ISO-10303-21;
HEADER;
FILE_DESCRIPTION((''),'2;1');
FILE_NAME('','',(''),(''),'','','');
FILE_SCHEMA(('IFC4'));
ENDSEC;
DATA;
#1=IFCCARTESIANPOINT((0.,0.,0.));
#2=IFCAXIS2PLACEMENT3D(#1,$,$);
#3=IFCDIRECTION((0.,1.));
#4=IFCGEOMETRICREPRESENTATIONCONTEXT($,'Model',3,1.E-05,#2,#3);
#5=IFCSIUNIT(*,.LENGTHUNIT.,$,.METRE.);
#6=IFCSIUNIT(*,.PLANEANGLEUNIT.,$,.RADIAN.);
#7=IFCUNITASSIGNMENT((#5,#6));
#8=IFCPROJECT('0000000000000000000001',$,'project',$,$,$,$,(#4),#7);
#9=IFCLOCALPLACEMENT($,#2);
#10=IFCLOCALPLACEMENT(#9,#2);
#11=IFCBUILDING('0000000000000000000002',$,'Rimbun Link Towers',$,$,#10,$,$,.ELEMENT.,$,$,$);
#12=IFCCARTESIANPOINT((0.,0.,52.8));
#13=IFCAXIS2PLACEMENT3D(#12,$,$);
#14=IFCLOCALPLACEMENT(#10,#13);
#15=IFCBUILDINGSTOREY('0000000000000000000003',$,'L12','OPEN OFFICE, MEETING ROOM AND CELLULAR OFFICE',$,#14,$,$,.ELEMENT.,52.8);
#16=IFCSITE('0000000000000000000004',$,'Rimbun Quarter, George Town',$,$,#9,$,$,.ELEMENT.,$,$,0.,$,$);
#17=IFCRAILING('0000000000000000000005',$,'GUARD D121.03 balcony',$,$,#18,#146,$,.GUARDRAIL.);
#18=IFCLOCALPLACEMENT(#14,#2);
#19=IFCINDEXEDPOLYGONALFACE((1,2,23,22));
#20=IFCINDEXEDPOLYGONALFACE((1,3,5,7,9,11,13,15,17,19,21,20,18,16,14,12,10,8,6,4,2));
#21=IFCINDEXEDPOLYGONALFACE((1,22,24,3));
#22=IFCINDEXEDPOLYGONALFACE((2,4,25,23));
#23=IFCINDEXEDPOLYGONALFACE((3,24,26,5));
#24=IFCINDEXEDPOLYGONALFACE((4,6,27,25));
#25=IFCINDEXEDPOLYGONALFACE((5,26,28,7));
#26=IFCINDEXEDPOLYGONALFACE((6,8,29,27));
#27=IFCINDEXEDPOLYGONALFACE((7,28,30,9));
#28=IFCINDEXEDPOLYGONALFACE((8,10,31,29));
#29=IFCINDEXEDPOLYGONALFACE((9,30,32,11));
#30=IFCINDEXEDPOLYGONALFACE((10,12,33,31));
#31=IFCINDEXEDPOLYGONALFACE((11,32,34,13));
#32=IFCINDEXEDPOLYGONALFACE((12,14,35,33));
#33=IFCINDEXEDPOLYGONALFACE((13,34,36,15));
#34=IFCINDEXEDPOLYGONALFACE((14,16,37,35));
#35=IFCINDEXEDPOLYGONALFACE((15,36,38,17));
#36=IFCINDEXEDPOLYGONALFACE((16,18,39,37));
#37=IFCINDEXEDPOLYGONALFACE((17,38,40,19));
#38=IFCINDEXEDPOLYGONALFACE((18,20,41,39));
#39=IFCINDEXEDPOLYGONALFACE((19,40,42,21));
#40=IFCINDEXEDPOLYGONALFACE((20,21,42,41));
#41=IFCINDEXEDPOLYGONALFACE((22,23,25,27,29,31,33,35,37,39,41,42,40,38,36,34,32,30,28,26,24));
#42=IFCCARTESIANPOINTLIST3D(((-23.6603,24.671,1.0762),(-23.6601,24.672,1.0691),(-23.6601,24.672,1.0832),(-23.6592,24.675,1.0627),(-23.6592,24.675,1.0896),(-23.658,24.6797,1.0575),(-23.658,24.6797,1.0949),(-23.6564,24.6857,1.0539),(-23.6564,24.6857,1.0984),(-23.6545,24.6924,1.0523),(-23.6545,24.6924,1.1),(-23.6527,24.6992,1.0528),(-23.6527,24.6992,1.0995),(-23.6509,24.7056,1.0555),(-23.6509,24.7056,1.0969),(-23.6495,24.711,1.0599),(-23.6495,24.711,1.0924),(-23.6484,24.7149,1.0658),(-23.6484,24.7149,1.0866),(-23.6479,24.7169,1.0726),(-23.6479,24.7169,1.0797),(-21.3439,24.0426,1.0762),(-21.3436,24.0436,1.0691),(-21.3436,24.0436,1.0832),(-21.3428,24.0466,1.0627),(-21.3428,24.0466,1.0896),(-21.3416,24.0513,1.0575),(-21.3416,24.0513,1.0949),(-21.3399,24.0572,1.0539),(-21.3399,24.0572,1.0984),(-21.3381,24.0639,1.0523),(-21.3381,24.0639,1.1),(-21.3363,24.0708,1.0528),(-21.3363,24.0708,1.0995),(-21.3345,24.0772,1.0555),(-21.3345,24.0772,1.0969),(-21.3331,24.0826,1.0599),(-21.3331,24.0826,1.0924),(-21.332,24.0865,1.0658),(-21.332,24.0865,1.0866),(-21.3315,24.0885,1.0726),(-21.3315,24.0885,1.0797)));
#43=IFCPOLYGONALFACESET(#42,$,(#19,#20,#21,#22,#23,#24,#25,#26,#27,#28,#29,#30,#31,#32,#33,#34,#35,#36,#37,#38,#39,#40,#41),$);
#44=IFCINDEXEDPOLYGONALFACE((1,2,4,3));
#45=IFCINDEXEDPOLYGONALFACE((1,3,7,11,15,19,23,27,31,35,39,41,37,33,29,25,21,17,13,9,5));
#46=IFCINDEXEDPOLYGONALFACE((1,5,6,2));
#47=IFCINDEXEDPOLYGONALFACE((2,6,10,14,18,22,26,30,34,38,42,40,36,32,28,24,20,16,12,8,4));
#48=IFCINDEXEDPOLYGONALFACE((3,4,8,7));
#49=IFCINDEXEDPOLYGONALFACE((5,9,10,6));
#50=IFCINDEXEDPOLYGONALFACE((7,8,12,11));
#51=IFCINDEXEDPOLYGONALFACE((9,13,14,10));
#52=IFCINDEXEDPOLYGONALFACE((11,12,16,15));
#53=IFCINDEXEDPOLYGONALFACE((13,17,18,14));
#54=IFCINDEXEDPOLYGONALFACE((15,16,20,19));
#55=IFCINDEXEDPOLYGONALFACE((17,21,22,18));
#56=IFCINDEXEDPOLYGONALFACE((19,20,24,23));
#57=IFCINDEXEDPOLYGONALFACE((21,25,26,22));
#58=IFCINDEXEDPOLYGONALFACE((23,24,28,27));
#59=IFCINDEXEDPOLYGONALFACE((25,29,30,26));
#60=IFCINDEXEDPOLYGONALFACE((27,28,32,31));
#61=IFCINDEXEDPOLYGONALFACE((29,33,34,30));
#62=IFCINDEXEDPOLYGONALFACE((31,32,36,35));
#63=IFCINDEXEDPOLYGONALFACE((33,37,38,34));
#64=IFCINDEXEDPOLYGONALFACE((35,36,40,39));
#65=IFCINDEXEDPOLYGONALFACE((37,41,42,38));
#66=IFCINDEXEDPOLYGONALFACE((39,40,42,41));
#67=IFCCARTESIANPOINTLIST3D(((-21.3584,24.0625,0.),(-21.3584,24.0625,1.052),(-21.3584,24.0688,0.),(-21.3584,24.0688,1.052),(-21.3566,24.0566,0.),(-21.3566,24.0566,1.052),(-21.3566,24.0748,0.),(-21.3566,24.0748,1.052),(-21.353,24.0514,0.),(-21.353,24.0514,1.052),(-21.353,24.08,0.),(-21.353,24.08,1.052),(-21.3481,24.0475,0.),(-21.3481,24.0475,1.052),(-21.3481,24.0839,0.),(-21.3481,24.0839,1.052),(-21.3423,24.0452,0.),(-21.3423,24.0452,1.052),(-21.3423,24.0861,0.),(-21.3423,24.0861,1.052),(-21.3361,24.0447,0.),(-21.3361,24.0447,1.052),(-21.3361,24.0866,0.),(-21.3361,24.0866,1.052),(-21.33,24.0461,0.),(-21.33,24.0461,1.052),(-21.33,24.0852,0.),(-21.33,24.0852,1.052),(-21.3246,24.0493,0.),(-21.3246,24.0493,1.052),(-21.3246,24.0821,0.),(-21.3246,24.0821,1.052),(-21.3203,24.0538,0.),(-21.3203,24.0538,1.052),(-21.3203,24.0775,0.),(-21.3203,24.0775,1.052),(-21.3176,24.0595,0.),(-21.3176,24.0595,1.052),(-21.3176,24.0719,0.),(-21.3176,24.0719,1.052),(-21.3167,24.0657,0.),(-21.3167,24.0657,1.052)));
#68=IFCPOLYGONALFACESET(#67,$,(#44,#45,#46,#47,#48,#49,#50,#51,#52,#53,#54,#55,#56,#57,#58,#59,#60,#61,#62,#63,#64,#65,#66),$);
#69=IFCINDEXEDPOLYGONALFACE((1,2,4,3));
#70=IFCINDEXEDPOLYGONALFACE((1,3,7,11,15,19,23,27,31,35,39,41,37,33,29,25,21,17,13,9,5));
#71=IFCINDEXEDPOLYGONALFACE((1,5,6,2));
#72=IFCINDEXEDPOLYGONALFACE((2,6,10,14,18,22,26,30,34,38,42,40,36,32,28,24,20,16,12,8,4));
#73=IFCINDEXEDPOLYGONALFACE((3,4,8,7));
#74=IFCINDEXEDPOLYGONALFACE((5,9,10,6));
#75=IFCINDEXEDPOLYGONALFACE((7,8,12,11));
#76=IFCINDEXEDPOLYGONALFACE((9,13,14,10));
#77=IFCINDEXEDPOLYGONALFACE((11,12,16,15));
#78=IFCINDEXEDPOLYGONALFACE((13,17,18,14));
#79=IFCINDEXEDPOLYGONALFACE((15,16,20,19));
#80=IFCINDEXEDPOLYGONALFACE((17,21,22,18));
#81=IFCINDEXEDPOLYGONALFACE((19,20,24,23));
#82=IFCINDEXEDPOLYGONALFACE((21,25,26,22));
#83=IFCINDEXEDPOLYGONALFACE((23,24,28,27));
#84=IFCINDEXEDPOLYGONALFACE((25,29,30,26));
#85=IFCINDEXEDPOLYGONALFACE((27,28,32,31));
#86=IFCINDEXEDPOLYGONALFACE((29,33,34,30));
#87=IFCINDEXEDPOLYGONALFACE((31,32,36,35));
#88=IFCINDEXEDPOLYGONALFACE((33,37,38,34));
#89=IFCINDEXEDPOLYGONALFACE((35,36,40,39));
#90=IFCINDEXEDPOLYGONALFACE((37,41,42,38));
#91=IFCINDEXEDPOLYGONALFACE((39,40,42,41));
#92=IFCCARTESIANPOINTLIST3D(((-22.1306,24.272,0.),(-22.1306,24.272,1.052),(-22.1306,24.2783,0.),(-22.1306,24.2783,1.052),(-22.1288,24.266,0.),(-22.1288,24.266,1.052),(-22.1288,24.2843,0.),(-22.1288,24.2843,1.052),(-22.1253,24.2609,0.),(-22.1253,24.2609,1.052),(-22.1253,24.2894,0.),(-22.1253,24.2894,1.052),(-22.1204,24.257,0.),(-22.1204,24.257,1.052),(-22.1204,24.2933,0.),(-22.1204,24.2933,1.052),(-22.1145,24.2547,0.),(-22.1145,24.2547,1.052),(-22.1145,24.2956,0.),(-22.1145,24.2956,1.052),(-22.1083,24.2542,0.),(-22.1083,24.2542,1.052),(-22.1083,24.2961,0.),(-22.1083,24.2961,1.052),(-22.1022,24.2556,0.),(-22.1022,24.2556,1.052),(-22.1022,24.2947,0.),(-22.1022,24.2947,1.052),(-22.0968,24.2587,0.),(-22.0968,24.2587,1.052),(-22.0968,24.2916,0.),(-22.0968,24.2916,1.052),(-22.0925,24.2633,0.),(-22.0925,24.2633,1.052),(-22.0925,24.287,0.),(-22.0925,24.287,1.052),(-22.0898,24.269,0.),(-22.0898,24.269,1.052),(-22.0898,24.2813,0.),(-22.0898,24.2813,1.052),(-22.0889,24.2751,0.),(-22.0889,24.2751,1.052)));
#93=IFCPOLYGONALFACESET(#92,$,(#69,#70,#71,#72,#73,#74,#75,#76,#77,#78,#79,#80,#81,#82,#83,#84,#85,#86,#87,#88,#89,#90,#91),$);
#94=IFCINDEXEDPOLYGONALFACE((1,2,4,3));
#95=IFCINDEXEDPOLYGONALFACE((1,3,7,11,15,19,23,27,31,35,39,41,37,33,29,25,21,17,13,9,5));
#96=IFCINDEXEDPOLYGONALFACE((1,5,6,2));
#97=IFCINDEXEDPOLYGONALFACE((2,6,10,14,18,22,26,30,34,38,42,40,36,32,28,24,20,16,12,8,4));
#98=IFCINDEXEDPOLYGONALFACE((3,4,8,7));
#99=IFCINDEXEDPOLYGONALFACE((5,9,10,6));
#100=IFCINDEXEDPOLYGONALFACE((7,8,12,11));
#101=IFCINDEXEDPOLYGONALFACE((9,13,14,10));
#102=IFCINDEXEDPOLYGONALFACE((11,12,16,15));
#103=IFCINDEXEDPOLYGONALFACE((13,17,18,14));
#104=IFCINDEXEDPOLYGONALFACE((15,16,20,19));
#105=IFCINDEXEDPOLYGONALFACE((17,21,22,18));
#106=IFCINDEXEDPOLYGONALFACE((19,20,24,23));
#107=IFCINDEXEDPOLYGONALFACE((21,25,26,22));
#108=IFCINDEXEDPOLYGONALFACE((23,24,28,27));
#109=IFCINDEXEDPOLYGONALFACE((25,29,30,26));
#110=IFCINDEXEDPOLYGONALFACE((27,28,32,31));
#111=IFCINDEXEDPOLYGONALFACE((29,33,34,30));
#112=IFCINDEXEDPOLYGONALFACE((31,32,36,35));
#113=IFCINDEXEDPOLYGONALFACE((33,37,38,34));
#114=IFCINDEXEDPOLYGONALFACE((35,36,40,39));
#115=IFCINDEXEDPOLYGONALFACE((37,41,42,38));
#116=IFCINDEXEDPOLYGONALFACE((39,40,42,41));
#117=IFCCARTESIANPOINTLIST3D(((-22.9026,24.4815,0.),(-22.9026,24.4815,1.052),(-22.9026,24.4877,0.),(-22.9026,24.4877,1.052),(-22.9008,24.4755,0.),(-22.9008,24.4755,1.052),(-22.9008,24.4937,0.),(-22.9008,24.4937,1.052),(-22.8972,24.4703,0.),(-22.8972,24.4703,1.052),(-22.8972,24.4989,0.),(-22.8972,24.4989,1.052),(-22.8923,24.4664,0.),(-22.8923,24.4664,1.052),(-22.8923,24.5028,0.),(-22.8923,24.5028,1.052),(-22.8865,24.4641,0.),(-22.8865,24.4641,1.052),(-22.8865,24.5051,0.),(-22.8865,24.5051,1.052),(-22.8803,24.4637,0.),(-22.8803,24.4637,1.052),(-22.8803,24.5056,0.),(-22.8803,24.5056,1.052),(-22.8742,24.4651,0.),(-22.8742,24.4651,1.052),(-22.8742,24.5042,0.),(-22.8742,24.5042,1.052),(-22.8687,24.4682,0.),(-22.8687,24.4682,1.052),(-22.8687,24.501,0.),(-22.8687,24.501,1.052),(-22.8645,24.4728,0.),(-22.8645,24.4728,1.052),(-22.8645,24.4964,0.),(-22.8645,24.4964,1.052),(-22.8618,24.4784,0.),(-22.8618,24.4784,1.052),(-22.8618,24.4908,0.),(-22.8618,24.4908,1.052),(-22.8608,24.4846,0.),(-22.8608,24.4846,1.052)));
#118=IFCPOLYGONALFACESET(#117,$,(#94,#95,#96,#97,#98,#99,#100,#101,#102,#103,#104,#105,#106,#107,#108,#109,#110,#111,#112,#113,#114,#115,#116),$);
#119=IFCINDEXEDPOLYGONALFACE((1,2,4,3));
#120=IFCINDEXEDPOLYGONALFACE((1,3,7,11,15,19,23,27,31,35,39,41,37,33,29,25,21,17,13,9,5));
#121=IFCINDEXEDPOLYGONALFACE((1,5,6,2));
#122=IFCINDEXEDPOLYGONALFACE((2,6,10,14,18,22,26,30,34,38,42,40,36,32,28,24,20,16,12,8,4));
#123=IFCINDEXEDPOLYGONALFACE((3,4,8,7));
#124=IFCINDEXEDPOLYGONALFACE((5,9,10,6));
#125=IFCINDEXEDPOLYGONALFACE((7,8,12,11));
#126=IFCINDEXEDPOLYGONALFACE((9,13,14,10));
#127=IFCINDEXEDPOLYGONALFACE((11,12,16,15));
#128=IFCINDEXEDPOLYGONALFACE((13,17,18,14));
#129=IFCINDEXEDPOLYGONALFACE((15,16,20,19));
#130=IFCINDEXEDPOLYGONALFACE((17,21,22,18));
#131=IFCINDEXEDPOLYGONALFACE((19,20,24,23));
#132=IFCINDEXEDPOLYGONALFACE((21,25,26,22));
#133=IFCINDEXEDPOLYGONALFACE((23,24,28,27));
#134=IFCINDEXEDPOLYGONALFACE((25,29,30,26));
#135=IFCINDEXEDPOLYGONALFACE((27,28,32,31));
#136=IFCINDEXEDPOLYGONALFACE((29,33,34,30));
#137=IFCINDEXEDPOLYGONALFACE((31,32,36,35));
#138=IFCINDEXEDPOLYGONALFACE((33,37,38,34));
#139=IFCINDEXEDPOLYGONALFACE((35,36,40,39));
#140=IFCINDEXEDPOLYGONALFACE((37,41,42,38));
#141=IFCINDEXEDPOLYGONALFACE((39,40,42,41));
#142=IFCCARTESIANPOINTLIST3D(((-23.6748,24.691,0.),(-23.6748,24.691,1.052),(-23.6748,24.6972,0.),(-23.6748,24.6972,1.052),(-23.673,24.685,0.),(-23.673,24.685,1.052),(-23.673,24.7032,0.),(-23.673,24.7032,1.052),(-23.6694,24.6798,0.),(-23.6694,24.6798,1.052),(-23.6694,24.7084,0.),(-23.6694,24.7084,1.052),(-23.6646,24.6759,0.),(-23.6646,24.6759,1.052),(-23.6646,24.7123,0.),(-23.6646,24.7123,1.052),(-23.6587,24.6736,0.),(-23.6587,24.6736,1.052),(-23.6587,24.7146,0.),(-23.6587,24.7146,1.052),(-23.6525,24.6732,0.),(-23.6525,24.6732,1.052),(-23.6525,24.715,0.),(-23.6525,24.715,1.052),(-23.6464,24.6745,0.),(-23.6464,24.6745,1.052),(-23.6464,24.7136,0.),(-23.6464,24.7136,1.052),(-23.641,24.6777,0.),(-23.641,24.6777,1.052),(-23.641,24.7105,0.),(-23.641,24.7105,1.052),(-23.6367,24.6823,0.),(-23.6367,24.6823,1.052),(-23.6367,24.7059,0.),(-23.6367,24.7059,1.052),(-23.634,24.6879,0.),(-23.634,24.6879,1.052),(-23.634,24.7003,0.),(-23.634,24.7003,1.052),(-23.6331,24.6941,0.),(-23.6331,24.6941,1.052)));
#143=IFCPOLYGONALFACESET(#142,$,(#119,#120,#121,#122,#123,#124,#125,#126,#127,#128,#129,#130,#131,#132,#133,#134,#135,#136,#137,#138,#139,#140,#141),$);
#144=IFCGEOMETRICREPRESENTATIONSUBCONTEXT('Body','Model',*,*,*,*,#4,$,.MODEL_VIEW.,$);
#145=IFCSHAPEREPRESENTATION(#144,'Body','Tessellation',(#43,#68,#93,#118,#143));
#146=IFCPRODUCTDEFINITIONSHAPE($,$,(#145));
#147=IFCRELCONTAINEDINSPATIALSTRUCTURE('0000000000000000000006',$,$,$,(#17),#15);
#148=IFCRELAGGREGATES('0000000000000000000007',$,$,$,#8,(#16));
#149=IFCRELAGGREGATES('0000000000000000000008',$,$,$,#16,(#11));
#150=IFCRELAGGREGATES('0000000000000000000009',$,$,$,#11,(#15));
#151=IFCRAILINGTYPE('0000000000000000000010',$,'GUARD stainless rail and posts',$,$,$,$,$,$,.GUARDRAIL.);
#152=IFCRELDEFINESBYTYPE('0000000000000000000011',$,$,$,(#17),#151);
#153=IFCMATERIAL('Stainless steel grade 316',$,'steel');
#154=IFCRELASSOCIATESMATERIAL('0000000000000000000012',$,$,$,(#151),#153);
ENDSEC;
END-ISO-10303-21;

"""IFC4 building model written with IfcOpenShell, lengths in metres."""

from ifc_helpers import new_model, si_unit, direction, frame, origin, origin_2d, place, context, subcontext, project, spatial, circle, extrude, material, type_object, element, save


model = new_model("IFC4")

# Units and contexts
model_context = context("Model", 3, precision=1e-05, world=origin(), true_north=direction((0.0, 1.0)))
body_context = subcontext(model_context, "Body", "Model", "MODEL_VIEW")
ifc_project = project(units=[si_unit("LENGTHUNIT", "METRE"), si_unit("PLANEANGLEUNIT", "RADIAN")], contexts=[model_context])

# Site, building, storey
site_placement = place(None, origin())
site = spatial("IfcSite", under=ifc_project, at=site_placement, Name="Rimbun Quarter, George Town", CompositionType="ELEMENT", RefElevation=0.0)
building_placement = place(site_placement, origin())
building = spatial("IfcBuilding", under=site, at=building_placement, Name="Rimbun Link Towers", CompositionType="ELEMENT")
storey_placement = place(building_placement, frame((0.0, 0.0, 52.8)))
storey = spatial("IfcBuildingStorey", under=building, at=storey_placement, Name="L12", Description="OPEN OFFICE, MEETING ROOM AND CELLULAR OFFICE", CompositionType="ELEMENT", Elevation=52.8)

# Railing
ifc_material_1 = material(Name="Stainless steel grade 316", Category="steel")
railing_type = type_object("IfcRailingType", Name="GUARD stainless rail and posts", PredefinedType="GUARDRAIL", material=ifc_material_1)
railing_1_placement = place(storey_placement, frame((-21.3376, 24.0657, 0.0)))
element("IfcRailing", 1, at=railing_1_placement, inside=storey, type_object=railing_type, Name="GUARD D121.03 balcony", PredefinedType="GUARDRAIL", context=body_context, shape_type="SweptSolid", body=[
    extrude(circle(Radius=0.0239, at=origin_2d()), frame((0.0, 0.0, 1.0762), z_axis=(-0.965115, 0.261826, 0.0), x_axis=(-0.261826, -0.965115, 0.0)), (0.0, 0.0, 1.0), 2.4001),
    extrude(circle(Radius=0.021, at=origin_2d()), origin(), (0.0, 0.0, 1.0), 1.052),
    extrude(circle(Radius=0.021, at=origin_2d()), frame((-0.7722, 0.2095, 0.0)), (0.0, 0.0, 1.0), 1.052),
    extrude(circle(Radius=0.021, at=origin_2d()), frame((-1.5442, 0.4189, 0.0)), (0.0, 0.0, 1.0), 1.052),
    extrude(circle(Radius=0.021, at=origin_2d()), frame((-2.3164, 0.6284, 0.0)), (0.0, 0.0, 1.0), 1.052),
])

save(model, "model.ifc")
